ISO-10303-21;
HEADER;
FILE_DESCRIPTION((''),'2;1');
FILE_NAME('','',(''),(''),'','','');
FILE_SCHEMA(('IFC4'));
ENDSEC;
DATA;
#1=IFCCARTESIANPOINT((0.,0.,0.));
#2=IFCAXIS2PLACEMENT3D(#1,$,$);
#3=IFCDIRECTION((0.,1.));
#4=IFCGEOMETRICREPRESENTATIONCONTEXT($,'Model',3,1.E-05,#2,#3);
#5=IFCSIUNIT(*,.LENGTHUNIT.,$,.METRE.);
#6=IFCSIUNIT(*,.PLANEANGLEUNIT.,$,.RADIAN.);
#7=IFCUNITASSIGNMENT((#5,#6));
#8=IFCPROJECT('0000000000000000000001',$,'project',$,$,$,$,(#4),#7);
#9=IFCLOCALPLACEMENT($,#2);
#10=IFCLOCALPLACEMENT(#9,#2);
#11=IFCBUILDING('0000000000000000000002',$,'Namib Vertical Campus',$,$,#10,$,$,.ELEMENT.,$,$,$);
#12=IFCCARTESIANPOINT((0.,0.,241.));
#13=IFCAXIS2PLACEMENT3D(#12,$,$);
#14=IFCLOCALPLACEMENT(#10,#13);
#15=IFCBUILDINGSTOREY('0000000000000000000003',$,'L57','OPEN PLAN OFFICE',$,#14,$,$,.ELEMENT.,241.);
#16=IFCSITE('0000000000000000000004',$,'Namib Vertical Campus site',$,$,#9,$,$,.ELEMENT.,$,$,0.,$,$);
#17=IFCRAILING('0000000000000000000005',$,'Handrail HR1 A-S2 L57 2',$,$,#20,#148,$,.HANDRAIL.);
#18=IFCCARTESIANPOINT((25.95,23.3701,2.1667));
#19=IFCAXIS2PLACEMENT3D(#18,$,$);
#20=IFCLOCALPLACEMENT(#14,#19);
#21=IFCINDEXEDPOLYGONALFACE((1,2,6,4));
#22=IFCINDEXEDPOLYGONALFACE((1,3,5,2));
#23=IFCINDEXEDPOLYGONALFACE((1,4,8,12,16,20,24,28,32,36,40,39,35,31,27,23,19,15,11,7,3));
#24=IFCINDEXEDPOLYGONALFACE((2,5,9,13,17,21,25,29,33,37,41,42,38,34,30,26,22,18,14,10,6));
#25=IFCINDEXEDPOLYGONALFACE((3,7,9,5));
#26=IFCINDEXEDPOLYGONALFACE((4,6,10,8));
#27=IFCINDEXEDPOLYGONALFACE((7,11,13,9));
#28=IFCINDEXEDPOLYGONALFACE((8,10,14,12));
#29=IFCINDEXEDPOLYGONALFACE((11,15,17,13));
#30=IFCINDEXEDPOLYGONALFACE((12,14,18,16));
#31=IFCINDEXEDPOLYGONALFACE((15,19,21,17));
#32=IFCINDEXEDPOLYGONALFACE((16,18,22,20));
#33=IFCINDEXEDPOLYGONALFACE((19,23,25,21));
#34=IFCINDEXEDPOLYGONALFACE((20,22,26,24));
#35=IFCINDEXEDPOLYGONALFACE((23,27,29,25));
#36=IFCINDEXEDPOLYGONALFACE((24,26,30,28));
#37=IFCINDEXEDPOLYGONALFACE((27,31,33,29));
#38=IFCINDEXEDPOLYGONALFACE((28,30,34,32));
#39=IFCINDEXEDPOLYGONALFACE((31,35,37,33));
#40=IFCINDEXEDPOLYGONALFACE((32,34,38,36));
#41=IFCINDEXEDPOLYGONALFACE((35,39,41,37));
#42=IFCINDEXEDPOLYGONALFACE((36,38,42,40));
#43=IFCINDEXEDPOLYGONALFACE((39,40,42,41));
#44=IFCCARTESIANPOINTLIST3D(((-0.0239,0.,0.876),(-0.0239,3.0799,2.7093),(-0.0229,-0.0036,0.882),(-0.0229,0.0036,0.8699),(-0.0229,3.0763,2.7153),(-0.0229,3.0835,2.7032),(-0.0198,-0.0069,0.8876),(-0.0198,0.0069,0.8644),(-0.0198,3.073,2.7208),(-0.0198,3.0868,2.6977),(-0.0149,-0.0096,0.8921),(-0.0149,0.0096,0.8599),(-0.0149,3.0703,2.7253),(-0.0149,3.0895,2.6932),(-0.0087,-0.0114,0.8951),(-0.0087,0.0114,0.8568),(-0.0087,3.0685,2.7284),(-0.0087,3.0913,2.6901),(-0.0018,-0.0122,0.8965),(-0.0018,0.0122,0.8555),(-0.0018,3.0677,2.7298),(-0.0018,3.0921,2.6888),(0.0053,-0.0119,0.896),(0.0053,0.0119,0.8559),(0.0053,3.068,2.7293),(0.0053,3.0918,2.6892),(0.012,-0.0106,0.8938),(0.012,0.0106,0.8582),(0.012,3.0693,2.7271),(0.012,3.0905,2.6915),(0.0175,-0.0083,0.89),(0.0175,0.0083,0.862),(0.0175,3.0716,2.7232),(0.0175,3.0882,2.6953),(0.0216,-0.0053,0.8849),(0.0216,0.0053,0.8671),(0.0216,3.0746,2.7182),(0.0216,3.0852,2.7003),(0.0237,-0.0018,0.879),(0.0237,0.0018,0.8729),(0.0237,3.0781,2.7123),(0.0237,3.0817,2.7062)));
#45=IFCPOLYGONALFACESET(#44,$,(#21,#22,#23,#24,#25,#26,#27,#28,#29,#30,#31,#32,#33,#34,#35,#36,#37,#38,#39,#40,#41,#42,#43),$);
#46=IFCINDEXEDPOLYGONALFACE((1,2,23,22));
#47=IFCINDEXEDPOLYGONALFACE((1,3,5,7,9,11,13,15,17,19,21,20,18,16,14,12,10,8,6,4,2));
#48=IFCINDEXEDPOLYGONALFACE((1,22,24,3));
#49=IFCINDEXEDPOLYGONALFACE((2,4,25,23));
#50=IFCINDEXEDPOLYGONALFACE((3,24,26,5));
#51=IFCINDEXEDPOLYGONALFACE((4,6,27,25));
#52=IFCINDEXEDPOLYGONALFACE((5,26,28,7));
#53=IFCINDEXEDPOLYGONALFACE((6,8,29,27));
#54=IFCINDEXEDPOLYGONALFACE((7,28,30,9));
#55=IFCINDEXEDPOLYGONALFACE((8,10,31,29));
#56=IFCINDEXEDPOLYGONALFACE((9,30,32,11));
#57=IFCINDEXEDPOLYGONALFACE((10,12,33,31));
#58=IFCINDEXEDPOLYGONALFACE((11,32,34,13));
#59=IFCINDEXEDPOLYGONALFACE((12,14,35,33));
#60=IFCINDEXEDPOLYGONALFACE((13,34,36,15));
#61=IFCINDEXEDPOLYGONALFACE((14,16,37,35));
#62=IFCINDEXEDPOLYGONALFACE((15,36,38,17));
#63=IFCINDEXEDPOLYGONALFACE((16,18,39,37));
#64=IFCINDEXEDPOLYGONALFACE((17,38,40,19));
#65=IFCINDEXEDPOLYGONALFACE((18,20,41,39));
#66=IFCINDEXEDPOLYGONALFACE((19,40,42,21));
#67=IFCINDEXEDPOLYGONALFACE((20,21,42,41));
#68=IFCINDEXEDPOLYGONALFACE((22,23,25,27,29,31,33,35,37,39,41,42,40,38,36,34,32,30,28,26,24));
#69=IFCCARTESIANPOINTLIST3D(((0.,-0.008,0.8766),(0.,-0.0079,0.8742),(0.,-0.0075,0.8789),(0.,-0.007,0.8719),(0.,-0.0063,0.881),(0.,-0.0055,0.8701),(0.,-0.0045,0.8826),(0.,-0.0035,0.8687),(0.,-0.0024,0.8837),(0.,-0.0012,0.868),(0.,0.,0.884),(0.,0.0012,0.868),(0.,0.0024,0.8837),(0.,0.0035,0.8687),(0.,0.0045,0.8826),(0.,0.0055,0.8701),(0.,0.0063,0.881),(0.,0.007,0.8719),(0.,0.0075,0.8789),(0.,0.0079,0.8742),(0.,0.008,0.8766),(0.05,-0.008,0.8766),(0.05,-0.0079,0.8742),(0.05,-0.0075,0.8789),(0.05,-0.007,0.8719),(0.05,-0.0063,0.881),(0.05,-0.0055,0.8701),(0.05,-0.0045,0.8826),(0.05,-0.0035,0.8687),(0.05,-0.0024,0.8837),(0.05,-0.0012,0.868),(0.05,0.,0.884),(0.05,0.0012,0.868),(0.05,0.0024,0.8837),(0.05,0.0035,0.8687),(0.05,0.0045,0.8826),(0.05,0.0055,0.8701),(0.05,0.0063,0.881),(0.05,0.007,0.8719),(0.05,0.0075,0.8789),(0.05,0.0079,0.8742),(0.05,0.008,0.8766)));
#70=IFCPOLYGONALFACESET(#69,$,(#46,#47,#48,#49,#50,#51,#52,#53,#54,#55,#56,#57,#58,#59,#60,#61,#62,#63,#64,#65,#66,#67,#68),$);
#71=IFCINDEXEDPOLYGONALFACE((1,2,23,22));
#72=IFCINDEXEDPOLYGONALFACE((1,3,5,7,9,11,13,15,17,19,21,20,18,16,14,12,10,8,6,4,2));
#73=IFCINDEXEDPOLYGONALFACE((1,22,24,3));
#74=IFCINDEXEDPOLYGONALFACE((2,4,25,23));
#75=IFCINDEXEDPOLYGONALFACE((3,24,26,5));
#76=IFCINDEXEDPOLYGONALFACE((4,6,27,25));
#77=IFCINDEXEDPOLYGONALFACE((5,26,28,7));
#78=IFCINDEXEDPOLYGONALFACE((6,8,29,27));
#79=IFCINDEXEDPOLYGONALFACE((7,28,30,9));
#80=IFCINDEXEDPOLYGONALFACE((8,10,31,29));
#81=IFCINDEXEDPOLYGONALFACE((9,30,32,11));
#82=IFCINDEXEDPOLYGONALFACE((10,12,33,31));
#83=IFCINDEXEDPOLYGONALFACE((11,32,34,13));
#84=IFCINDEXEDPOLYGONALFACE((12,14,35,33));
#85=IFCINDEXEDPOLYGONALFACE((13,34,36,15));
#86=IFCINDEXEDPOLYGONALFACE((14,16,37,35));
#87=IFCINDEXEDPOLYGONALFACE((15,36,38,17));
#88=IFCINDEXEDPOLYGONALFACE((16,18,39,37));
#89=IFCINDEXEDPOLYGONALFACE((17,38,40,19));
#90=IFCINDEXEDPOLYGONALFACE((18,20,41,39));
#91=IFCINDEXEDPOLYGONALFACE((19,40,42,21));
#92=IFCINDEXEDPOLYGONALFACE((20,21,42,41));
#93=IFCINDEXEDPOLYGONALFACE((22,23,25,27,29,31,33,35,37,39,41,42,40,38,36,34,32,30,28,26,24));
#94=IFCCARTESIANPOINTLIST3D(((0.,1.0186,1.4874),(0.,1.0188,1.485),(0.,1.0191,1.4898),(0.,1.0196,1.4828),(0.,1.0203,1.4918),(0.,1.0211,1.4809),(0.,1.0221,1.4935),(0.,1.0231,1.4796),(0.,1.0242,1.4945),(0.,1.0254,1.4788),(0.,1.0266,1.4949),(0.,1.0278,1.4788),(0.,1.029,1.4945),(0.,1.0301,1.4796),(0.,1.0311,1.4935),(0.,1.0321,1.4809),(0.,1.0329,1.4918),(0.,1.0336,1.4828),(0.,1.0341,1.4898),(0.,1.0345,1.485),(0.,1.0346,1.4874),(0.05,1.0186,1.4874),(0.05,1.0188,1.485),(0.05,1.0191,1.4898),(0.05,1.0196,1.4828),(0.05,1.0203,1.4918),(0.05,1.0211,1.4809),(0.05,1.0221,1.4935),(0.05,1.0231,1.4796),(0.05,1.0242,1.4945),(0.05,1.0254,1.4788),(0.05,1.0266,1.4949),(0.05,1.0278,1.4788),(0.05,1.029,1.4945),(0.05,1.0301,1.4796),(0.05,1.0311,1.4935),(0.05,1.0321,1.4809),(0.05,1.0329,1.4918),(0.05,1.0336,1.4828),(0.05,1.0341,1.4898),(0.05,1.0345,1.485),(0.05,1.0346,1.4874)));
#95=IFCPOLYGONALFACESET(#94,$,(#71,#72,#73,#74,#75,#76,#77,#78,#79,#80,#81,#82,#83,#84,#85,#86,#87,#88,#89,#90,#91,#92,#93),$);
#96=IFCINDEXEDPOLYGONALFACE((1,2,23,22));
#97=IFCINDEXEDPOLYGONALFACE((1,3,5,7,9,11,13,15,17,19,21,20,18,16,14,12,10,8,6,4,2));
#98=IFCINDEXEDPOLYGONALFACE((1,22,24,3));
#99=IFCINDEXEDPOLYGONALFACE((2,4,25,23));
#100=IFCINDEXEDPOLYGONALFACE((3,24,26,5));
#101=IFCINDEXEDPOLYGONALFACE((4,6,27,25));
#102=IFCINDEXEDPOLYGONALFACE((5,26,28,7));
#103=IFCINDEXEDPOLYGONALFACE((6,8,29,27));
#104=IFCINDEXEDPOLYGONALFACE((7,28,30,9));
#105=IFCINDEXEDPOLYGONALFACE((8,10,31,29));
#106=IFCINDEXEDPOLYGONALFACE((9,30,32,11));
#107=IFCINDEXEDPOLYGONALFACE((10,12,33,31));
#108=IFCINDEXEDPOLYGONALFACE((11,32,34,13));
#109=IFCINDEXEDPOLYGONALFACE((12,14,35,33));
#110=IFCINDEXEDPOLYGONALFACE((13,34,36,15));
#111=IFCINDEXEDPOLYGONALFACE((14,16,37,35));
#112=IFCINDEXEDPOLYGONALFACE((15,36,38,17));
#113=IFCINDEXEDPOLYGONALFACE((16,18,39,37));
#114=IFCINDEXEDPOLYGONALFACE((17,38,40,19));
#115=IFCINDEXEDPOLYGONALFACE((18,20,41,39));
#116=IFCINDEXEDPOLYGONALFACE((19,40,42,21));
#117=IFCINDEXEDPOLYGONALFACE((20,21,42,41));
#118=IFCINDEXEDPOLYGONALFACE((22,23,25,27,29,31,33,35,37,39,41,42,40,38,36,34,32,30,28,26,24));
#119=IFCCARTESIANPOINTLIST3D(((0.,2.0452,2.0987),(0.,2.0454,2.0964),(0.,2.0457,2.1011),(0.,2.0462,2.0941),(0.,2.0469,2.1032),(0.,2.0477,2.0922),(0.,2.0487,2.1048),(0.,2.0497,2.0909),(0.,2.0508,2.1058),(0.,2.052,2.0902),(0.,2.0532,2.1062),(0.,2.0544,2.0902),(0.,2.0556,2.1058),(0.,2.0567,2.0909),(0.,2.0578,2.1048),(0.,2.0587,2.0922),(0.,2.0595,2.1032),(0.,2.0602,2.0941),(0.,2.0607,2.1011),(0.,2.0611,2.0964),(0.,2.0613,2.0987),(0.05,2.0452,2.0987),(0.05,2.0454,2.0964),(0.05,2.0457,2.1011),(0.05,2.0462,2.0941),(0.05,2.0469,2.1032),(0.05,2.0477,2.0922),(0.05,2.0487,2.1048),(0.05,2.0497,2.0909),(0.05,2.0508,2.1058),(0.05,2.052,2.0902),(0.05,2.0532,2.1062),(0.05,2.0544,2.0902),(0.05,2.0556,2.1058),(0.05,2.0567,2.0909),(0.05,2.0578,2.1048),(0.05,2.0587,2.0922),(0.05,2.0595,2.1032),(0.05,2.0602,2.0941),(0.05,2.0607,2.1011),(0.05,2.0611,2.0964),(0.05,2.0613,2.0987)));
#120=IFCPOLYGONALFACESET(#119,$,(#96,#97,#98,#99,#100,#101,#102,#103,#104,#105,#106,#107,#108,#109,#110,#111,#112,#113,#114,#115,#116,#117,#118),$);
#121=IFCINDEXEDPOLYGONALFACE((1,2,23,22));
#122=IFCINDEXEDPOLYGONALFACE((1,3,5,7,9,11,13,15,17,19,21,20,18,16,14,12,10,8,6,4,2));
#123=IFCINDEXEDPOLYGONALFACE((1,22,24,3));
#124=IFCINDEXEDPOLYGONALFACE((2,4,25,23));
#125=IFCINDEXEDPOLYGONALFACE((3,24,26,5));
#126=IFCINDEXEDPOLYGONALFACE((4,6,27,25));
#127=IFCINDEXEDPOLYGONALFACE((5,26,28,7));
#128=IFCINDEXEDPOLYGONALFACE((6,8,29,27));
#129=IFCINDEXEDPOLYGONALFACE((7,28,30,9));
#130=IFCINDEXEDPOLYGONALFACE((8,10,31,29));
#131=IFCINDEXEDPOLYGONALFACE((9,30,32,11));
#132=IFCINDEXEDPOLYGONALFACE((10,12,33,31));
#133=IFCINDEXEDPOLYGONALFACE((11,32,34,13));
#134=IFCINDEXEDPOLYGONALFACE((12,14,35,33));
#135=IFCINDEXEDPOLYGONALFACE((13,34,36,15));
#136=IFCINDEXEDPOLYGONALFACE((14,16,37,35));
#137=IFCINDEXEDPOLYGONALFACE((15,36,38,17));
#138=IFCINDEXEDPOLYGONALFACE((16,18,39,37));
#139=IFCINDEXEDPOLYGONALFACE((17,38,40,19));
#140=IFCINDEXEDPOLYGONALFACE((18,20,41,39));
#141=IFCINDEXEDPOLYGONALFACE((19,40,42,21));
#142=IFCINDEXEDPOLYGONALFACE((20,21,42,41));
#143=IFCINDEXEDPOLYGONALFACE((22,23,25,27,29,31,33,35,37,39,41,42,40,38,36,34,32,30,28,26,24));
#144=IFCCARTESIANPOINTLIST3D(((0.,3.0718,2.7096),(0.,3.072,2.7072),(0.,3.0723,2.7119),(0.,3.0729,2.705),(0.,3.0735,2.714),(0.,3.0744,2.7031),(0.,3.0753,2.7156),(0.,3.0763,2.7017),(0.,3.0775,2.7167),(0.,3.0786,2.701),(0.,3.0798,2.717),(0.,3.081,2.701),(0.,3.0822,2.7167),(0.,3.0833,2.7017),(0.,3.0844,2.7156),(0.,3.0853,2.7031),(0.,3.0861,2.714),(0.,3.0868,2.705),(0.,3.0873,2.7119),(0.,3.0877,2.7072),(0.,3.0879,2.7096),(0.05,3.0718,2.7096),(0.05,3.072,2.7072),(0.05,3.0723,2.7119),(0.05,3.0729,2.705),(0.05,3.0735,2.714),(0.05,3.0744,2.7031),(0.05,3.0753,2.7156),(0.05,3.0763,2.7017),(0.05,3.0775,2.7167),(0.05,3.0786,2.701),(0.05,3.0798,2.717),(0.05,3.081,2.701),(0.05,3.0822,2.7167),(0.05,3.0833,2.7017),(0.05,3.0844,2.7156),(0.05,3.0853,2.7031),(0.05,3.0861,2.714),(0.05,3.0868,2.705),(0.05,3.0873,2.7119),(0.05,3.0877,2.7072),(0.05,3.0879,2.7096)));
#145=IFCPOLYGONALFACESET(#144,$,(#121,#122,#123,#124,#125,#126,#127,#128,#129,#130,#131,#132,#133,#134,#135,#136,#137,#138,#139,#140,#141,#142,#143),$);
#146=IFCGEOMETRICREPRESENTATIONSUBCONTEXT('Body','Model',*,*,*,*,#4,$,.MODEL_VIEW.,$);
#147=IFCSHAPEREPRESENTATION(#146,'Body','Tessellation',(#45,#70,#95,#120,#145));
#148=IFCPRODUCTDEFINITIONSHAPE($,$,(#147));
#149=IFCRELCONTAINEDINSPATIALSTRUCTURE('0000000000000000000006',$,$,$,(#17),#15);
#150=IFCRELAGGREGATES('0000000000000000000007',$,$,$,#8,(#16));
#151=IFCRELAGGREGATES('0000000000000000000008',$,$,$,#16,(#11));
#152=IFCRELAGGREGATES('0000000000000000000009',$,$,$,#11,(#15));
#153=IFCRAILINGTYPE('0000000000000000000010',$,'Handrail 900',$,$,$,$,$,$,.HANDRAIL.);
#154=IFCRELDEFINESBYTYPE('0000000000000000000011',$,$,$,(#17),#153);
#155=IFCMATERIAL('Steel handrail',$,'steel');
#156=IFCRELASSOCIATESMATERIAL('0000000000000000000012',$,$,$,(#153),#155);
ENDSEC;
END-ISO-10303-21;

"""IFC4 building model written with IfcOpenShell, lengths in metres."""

from ifc_helpers import new_model, si_unit, direction, frame, origin, origin_2d, place, context, subcontext, project, spatial, circle, extrude, material, type_object, element, save


model = new_model("IFC4")

# Units and contexts
model_context = context("Model", 3, precision=1e-05, world=origin(), true_north=direction((0.0, 1.0)))
body_context = subcontext(model_context, "Body", "Model", "MODEL_VIEW")
ifc_project = project(units=[si_unit("LENGTHUNIT", "METRE"), si_unit("PLANEANGLEUNIT", "RADIAN")], contexts=[model_context])

# Site, building, storey
site_placement = place(None, origin())
site = spatial("IfcSite", under=ifc_project, at=site_placement, Name="Namib Vertical Campus site", CompositionType="ELEMENT", RefElevation=0.0)
building_placement = place(site_placement, origin())
building = spatial("IfcBuilding", under=site, at=building_placement, Name="Namib Vertical Campus", CompositionType="ELEMENT")
storey_placement = place(building_placement, frame((0.0, 0.0, 241.0)))
storey = spatial("IfcBuildingStorey", under=building, at=storey_placement, Name="L57", Description="OPEN PLAN OFFICE", CompositionType="ELEMENT", Elevation=241.0)

# Railing
ifc_material_1 = material(Name="Steel handrail", Category="steel")
railing_type_1 = type_object("IfcRailingType", Name="Handrail 900", PredefinedType="HANDRAIL", material=ifc_material_1)
railing_1_placement = place(storey_placement, frame((25.95, 23.3701, 2.1667)))
element("IfcRailing", 1, at=railing_1_placement, inside=storey, type_object=railing_type_1, Name="Handrail HR1 A-S2 L57 2", PredefinedType="HANDRAIL", context=body_context, shape_type="SweptSolid", body=[
    extrude(circle(Radius=0.0239, at=origin_2d()), frame((0.0, 0.0, 0.876), z_axis=(0.0, 0.859291, 0.511487), x_axis=(-1.0, 0.0, 0.0)), (0.0, 0.0, 1.0), 3.5842),
    extrude(circle(Radius=0.0081, at=origin_2d()), frame((0.0, 0.0, 0.876), z_axis=(1.0, 0.0, 0.0), x_axis=(0.0, 0.0, 1.0)), (0.0, 0.0, 1.0), 0.05),
    extrude(circle(Radius=0.0081, at=origin_2d()), frame((0.0, 1.0266, 1.4868), z_axis=(1.0, 0.0, 0.0), x_axis=(0.0, 0.0, 1.0)), (0.0, 0.0, 1.0), 0.05),
    extrude(circle(Radius=0.0081, at=origin_2d()), frame((0.0, 2.0532, 2.0981), z_axis=(1.0, 0.0, 0.0), x_axis=(0.0, 0.0, 1.0)), (0.0, 0.0, 1.0), 0.05),
    extrude(circle(Radius=0.0081, at=origin_2d()), frame((0.0, 3.0798, 2.709), z_axis=(1.0, 0.0, 0.0), x_axis=(0.0, 0.0, 1.0)), (0.0, 0.0, 1.0), 0.05),
])

save(model, "model.ifc")
